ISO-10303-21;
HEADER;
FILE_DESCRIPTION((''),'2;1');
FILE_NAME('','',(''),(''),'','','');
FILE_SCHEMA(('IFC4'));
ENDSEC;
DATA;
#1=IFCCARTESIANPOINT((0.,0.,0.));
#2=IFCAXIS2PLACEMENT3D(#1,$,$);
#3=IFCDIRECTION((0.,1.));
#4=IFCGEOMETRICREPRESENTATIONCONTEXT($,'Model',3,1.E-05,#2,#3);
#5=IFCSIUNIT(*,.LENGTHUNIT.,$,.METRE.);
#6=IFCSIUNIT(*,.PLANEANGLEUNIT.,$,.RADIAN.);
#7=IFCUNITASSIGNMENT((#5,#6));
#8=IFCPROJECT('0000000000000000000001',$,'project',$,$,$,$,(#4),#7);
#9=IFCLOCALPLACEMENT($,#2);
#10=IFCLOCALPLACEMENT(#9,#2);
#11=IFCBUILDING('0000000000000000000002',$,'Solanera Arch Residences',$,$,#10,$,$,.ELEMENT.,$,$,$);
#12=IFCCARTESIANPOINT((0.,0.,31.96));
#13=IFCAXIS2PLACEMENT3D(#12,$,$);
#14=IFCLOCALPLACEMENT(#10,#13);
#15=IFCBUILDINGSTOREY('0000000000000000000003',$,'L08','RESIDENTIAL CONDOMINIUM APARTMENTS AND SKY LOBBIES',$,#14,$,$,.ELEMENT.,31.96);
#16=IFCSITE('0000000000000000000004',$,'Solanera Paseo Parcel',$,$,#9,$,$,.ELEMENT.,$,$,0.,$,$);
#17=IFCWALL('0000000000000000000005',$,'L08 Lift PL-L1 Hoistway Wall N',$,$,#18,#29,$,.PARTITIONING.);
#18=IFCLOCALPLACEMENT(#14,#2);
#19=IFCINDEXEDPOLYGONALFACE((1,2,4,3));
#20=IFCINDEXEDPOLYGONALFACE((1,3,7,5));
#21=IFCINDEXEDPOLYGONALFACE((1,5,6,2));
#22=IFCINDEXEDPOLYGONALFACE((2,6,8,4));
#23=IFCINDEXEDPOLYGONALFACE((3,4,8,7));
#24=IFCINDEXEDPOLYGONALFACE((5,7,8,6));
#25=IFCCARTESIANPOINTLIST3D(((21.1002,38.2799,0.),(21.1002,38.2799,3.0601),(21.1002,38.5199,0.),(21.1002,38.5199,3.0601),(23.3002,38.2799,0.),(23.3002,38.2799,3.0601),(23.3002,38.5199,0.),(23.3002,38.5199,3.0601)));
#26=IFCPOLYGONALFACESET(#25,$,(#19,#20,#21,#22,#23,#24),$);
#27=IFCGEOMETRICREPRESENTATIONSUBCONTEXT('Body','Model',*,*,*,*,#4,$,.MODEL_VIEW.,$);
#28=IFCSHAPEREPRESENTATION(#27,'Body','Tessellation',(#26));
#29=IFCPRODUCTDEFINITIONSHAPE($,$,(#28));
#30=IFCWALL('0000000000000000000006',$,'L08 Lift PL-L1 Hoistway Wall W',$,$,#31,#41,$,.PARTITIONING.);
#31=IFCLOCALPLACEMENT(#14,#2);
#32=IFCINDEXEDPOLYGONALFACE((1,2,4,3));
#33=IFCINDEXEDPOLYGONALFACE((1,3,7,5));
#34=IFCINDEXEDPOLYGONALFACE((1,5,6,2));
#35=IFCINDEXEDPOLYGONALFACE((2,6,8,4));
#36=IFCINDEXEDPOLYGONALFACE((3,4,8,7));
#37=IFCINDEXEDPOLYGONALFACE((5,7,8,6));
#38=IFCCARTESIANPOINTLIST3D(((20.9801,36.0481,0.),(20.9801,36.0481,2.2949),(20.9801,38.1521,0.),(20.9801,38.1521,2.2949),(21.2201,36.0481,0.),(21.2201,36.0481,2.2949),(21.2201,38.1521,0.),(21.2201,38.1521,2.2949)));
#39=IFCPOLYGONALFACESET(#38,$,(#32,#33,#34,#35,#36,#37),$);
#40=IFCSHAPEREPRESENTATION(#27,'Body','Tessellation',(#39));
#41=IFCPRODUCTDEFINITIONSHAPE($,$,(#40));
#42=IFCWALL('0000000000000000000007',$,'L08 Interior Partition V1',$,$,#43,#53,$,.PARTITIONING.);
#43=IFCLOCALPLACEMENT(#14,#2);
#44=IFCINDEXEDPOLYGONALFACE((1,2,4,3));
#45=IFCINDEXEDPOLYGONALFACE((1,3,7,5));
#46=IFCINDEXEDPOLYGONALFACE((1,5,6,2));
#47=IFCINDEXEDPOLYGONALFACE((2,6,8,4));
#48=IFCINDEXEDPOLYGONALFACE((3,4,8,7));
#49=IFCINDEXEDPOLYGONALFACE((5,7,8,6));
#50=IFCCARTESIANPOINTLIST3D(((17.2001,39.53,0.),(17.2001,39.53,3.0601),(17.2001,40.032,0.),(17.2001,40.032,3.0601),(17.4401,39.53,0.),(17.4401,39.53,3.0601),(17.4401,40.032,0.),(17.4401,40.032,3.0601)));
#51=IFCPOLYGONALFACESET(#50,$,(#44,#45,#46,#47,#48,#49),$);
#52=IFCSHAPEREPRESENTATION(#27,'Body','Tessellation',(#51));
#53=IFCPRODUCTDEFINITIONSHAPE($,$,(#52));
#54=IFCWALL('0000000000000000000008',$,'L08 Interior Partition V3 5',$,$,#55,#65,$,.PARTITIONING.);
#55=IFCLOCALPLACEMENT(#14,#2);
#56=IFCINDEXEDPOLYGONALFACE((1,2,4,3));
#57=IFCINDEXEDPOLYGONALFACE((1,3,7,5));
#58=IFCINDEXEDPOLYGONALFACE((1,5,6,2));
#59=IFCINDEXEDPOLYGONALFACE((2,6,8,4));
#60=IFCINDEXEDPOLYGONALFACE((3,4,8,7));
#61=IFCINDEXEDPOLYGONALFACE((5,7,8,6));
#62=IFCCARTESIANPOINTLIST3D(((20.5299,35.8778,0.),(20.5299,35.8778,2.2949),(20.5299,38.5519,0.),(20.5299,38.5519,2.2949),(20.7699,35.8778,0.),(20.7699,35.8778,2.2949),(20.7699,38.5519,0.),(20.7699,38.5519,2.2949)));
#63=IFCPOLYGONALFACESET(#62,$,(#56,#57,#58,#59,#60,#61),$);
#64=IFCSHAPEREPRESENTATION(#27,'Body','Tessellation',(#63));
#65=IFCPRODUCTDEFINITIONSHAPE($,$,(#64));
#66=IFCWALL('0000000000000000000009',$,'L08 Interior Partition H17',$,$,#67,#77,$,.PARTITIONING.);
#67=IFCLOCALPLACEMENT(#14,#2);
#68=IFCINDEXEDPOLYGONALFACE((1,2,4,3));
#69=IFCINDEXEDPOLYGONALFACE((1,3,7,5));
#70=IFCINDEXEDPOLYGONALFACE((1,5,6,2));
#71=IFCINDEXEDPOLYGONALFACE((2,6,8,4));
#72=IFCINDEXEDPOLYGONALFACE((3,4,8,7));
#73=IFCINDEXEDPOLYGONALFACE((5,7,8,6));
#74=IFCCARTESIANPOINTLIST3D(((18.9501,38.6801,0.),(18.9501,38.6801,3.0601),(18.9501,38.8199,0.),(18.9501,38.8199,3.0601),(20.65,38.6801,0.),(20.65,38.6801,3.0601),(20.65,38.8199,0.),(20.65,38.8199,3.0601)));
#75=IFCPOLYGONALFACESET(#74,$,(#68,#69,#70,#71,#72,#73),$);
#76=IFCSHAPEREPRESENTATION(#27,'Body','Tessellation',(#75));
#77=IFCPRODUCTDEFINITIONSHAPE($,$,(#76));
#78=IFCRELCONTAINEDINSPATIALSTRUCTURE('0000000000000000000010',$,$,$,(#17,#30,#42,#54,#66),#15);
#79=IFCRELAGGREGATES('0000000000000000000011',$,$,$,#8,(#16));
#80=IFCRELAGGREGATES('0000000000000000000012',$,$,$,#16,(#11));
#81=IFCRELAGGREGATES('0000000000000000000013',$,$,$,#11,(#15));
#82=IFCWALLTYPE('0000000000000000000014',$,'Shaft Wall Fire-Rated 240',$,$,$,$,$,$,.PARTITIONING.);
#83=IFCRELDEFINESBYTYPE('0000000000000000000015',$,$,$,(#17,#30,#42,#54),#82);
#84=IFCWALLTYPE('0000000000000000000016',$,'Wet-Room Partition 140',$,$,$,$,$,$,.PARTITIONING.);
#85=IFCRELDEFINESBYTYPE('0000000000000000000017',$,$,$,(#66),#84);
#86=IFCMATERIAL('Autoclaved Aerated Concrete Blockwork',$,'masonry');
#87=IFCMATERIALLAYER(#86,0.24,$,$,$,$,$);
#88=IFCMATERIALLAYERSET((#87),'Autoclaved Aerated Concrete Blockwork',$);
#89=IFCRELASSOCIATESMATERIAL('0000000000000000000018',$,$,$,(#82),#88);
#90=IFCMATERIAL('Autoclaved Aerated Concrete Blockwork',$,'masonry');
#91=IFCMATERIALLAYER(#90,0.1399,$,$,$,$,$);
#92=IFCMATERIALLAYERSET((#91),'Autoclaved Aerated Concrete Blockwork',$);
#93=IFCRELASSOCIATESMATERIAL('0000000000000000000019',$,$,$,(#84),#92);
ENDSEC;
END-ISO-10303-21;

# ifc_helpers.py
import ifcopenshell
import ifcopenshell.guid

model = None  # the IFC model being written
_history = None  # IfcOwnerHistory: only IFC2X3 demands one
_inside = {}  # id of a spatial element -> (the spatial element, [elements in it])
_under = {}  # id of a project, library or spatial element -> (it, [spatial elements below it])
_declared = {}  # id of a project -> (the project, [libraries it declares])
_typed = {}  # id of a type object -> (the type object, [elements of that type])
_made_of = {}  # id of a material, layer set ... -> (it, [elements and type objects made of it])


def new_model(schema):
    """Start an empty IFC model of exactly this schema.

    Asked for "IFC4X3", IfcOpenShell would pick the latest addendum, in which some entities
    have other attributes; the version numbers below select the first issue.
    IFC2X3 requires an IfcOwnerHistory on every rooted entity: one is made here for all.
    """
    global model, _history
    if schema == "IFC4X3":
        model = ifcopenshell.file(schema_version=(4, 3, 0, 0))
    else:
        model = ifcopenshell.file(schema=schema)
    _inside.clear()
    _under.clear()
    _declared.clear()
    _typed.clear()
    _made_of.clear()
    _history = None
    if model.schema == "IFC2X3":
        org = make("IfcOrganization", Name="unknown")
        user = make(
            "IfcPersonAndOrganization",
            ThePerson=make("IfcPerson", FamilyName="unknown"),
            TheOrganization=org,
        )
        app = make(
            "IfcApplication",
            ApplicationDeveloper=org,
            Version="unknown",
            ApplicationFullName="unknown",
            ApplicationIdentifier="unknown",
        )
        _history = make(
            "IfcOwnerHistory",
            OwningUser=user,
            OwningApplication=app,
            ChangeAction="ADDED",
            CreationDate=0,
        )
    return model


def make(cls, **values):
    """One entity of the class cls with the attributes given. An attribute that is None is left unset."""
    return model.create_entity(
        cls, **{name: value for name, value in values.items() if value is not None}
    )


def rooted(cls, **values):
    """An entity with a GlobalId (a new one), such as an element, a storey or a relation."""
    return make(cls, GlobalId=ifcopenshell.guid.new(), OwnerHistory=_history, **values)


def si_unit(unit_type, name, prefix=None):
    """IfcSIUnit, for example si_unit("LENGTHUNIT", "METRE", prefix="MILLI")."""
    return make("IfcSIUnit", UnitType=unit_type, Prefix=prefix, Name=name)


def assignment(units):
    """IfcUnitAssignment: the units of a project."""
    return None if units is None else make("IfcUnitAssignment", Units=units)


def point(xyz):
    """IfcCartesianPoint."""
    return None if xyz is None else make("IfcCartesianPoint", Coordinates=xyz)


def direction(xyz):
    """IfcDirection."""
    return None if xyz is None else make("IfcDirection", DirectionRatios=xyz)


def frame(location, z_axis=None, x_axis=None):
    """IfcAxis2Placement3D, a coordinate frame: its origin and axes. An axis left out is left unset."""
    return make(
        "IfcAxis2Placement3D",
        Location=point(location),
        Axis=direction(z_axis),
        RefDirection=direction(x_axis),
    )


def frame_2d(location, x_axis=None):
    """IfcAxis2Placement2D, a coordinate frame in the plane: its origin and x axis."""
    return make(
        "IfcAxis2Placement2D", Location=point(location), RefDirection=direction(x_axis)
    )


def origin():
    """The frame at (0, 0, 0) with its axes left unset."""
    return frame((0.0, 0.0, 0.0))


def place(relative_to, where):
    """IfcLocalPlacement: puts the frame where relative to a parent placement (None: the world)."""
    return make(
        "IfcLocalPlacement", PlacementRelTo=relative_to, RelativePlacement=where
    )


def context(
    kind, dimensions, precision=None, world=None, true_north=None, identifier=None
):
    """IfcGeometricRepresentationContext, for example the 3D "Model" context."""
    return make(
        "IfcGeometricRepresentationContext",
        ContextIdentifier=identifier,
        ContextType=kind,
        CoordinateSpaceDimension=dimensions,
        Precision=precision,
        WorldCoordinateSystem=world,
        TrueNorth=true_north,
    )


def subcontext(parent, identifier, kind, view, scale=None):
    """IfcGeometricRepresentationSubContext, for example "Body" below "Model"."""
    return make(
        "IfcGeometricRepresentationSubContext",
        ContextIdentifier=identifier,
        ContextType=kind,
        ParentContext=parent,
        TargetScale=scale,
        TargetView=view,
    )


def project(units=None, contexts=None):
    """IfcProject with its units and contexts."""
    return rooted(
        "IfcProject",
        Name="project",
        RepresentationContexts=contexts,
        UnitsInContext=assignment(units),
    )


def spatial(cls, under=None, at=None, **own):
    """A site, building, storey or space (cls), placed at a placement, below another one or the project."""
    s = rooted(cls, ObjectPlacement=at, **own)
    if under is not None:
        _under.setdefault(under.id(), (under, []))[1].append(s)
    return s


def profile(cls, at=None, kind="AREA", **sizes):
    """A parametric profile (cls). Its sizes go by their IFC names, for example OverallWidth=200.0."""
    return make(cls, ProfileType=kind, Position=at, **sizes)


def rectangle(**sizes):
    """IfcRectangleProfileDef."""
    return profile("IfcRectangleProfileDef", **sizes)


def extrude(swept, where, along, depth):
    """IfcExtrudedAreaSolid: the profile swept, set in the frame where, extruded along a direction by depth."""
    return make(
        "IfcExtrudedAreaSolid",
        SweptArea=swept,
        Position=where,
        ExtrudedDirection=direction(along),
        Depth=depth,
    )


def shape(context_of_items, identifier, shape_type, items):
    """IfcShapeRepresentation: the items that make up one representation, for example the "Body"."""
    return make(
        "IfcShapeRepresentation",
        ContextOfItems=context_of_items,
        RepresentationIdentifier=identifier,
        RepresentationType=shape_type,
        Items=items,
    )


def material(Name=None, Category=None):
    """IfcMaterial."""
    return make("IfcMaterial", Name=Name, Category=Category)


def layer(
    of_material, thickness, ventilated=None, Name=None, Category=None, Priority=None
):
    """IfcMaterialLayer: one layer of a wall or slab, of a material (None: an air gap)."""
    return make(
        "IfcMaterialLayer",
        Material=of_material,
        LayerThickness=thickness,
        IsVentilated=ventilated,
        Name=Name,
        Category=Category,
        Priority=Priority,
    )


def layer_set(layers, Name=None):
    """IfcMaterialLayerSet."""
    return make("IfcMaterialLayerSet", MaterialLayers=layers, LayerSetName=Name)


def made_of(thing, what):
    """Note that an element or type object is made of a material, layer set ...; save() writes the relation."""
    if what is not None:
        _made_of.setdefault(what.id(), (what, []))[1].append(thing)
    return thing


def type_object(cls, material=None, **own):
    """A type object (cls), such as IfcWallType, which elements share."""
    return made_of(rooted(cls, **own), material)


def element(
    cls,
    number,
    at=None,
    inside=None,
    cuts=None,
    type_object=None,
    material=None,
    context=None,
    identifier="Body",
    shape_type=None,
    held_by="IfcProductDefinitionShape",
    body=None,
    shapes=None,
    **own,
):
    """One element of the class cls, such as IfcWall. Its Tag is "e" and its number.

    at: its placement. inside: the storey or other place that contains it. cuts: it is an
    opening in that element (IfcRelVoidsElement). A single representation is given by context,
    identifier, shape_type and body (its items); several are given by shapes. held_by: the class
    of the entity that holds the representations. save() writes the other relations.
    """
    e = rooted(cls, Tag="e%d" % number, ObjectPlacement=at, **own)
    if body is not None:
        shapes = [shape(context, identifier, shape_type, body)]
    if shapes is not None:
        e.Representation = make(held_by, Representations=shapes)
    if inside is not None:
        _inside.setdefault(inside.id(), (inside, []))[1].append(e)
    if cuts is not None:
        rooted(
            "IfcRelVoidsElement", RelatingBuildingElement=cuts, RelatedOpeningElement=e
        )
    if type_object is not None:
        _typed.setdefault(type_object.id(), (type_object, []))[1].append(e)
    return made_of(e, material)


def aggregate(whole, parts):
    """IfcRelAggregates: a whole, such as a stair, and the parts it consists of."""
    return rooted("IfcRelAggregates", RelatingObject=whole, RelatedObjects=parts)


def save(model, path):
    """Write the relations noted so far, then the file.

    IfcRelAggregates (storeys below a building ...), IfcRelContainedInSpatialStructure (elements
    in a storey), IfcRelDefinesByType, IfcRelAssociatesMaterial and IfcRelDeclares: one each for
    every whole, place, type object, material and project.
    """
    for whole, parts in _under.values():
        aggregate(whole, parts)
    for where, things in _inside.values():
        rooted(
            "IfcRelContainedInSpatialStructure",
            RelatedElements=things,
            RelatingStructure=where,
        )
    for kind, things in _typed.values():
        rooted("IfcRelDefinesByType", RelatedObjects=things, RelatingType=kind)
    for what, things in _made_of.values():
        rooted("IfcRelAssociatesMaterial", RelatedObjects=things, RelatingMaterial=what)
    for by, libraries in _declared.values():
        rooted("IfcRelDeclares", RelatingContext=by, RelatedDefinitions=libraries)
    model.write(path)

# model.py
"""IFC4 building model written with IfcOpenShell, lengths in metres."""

from ifc_helpers import new_model, si_unit, direction, frame, frame_2d, origin, place, context, subcontext, project, spatial, rectangle, extrude, material, layer, layer_set, type_object, element, save


model = new_model("IFC4")

# Units and contexts
model_context = context("Model", 3, precision=1e-05, world=origin(), true_north=direction((0.0, 1.0)))
body_context = subcontext(model_context, "Body", "Model", "MODEL_VIEW")
ifc_project = project(units=[si_unit("LENGTHUNIT", "METRE"), si_unit("PLANEANGLEUNIT", "RADIAN")], contexts=[model_context])

# Site, building, storey
site_placement = place(None, origin())
site = spatial("IfcSite", under=ifc_project, at=site_placement, Name="Solanera Paseo Parcel", CompositionType="ELEMENT", RefElevation=0.0)
building_placement = place(site_placement, origin())
building = spatial("IfcBuilding", under=site, at=building_placement, Name="Solanera Arch Residences", CompositionType="ELEMENT")
storey_placement = place(building_placement, frame((0.0, 0.0, 31.96)))
storey = spatial("IfcBuildingStorey", under=building, at=storey_placement, Name="L08", Description="RESIDENTIAL CONDOMINIUM APARTMENTS AND SKY LOBBIES", CompositionType="ELEMENT", Elevation=31.96)

# Walls
ifc_material_1 = material(Name="Autoclaved Aerated Concrete Blockwork", Category="masonry")
ifc_layer_1 = layer(ifc_material_1, 0.24)
ifc_layer_set_1 = layer_set([ifc_layer_1], Name="Autoclaved Aerated Concrete Blockwork")
wall_type_1 = type_object("IfcWallType", Name="Shaft Wall Fire-Rated 240", PredefinedType="PARTITIONING", material=ifc_layer_set_1)
wall_1_placement = place(storey_placement, frame((21.1001, 38.3999, 0.0), z_axis=(0.0, 0.0, 1.0), x_axis=(1.0, 0.0, 0.0)))
element("IfcWall", 1, at=wall_1_placement, inside=storey, type_object=wall_type_1, Name="L08 Lift PL-L1 Hoistway Wall N", PredefinedType="PARTITIONING", context=body_context, shape_type="SweptSolid", body=[
    extrude(rectangle(XDim=2.2, YDim=0.24, at=frame_2d((1.1001, 0.0))), origin(), (0.0, 0.0, 1.0), 3.0601),
])
wall_2_placement = place(storey_placement, frame((21.1001, 36.0481, 0.0), z_axis=(0.0, 0.0, 1.0), x_axis=(0.0, 1.0, 0.0)))
element("IfcWall", 2, at=wall_2_placement, inside=storey, type_object=wall_type_1, Name="L08 Lift PL-L1 Hoistway Wall W", PredefinedType="PARTITIONING", context=body_context, shape_type="SweptSolid", body=[
    extrude(rectangle(XDim=2.104, YDim=0.24, at=frame_2d((1.052, 0.0))), origin(), (0.0, 0.0, 1.0), 2.2949),
])
wall_3_placement = place(storey_placement, frame((17.3201, 39.53, 0.0), z_axis=(0.0, 0.0, 1.0), x_axis=(0.0, 1.0, 0.0)))
element("IfcWall", 3, at=wall_3_placement, inside=storey, type_object=wall_type_1, Name="L08 Interior Partition V1", PredefinedType="PARTITIONING", context=body_context, shape_type="SweptSolid", body=[
    extrude(rectangle(XDim=0.502, YDim=0.24, at=frame_2d((0.251, 0.0))), origin(), (0.0, 0.0, 1.0), 3.0601),
])
wall_4_placement = place(storey_placement, frame((20.6499, 35.8779, 0.0), z_axis=(0.0, 0.0, 1.0), x_axis=(0.0, 1.0, 0.0)))
element("IfcWall", 4, at=wall_4_placement, inside=storey, type_object=wall_type_1, Name="L08 Interior Partition V3 5", PredefinedType="PARTITIONING", context=body_context, shape_type="SweptSolid", body=[
    extrude(rectangle(XDim=2.6741, YDim=0.24, at=frame_2d((1.3369, 0.0))), origin(), (0.0, 0.0, 1.0), 2.2949),
])
ifc_material_2 = material(Name="Autoclaved Aerated Concrete Blockwork", Category="masonry")
ifc_layer_2 = layer(ifc_material_2, 0.1399)
ifc_layer_set_2 = layer_set([ifc_layer_2], Name="Autoclaved Aerated Concrete Blockwork")
wall_type_2 = type_object("IfcWallType", Name="Wet-Room Partition 140", PredefinedType="PARTITIONING", material=ifc_layer_set_2)
wall_5_placement = place(storey_placement, frame((18.95, 38.75, 0.0), z_axis=(0.0, 0.0, 1.0), x_axis=(1.0, 0.0, 0.0)))
element("IfcWall", 5, at=wall_5_placement, inside=storey, type_object=wall_type_2, Name="L08 Interior Partition H17", PredefinedType="PARTITIONING", context=body_context, shape_type="SweptSolid", body=[
    extrude(rectangle(XDim=1.7, YDim=0.1399, at=frame_2d((0.8501, 0.0))), origin(), (0.0, 0.0, 1.0), 3.0601),
])

save(model, "model.ifc")
